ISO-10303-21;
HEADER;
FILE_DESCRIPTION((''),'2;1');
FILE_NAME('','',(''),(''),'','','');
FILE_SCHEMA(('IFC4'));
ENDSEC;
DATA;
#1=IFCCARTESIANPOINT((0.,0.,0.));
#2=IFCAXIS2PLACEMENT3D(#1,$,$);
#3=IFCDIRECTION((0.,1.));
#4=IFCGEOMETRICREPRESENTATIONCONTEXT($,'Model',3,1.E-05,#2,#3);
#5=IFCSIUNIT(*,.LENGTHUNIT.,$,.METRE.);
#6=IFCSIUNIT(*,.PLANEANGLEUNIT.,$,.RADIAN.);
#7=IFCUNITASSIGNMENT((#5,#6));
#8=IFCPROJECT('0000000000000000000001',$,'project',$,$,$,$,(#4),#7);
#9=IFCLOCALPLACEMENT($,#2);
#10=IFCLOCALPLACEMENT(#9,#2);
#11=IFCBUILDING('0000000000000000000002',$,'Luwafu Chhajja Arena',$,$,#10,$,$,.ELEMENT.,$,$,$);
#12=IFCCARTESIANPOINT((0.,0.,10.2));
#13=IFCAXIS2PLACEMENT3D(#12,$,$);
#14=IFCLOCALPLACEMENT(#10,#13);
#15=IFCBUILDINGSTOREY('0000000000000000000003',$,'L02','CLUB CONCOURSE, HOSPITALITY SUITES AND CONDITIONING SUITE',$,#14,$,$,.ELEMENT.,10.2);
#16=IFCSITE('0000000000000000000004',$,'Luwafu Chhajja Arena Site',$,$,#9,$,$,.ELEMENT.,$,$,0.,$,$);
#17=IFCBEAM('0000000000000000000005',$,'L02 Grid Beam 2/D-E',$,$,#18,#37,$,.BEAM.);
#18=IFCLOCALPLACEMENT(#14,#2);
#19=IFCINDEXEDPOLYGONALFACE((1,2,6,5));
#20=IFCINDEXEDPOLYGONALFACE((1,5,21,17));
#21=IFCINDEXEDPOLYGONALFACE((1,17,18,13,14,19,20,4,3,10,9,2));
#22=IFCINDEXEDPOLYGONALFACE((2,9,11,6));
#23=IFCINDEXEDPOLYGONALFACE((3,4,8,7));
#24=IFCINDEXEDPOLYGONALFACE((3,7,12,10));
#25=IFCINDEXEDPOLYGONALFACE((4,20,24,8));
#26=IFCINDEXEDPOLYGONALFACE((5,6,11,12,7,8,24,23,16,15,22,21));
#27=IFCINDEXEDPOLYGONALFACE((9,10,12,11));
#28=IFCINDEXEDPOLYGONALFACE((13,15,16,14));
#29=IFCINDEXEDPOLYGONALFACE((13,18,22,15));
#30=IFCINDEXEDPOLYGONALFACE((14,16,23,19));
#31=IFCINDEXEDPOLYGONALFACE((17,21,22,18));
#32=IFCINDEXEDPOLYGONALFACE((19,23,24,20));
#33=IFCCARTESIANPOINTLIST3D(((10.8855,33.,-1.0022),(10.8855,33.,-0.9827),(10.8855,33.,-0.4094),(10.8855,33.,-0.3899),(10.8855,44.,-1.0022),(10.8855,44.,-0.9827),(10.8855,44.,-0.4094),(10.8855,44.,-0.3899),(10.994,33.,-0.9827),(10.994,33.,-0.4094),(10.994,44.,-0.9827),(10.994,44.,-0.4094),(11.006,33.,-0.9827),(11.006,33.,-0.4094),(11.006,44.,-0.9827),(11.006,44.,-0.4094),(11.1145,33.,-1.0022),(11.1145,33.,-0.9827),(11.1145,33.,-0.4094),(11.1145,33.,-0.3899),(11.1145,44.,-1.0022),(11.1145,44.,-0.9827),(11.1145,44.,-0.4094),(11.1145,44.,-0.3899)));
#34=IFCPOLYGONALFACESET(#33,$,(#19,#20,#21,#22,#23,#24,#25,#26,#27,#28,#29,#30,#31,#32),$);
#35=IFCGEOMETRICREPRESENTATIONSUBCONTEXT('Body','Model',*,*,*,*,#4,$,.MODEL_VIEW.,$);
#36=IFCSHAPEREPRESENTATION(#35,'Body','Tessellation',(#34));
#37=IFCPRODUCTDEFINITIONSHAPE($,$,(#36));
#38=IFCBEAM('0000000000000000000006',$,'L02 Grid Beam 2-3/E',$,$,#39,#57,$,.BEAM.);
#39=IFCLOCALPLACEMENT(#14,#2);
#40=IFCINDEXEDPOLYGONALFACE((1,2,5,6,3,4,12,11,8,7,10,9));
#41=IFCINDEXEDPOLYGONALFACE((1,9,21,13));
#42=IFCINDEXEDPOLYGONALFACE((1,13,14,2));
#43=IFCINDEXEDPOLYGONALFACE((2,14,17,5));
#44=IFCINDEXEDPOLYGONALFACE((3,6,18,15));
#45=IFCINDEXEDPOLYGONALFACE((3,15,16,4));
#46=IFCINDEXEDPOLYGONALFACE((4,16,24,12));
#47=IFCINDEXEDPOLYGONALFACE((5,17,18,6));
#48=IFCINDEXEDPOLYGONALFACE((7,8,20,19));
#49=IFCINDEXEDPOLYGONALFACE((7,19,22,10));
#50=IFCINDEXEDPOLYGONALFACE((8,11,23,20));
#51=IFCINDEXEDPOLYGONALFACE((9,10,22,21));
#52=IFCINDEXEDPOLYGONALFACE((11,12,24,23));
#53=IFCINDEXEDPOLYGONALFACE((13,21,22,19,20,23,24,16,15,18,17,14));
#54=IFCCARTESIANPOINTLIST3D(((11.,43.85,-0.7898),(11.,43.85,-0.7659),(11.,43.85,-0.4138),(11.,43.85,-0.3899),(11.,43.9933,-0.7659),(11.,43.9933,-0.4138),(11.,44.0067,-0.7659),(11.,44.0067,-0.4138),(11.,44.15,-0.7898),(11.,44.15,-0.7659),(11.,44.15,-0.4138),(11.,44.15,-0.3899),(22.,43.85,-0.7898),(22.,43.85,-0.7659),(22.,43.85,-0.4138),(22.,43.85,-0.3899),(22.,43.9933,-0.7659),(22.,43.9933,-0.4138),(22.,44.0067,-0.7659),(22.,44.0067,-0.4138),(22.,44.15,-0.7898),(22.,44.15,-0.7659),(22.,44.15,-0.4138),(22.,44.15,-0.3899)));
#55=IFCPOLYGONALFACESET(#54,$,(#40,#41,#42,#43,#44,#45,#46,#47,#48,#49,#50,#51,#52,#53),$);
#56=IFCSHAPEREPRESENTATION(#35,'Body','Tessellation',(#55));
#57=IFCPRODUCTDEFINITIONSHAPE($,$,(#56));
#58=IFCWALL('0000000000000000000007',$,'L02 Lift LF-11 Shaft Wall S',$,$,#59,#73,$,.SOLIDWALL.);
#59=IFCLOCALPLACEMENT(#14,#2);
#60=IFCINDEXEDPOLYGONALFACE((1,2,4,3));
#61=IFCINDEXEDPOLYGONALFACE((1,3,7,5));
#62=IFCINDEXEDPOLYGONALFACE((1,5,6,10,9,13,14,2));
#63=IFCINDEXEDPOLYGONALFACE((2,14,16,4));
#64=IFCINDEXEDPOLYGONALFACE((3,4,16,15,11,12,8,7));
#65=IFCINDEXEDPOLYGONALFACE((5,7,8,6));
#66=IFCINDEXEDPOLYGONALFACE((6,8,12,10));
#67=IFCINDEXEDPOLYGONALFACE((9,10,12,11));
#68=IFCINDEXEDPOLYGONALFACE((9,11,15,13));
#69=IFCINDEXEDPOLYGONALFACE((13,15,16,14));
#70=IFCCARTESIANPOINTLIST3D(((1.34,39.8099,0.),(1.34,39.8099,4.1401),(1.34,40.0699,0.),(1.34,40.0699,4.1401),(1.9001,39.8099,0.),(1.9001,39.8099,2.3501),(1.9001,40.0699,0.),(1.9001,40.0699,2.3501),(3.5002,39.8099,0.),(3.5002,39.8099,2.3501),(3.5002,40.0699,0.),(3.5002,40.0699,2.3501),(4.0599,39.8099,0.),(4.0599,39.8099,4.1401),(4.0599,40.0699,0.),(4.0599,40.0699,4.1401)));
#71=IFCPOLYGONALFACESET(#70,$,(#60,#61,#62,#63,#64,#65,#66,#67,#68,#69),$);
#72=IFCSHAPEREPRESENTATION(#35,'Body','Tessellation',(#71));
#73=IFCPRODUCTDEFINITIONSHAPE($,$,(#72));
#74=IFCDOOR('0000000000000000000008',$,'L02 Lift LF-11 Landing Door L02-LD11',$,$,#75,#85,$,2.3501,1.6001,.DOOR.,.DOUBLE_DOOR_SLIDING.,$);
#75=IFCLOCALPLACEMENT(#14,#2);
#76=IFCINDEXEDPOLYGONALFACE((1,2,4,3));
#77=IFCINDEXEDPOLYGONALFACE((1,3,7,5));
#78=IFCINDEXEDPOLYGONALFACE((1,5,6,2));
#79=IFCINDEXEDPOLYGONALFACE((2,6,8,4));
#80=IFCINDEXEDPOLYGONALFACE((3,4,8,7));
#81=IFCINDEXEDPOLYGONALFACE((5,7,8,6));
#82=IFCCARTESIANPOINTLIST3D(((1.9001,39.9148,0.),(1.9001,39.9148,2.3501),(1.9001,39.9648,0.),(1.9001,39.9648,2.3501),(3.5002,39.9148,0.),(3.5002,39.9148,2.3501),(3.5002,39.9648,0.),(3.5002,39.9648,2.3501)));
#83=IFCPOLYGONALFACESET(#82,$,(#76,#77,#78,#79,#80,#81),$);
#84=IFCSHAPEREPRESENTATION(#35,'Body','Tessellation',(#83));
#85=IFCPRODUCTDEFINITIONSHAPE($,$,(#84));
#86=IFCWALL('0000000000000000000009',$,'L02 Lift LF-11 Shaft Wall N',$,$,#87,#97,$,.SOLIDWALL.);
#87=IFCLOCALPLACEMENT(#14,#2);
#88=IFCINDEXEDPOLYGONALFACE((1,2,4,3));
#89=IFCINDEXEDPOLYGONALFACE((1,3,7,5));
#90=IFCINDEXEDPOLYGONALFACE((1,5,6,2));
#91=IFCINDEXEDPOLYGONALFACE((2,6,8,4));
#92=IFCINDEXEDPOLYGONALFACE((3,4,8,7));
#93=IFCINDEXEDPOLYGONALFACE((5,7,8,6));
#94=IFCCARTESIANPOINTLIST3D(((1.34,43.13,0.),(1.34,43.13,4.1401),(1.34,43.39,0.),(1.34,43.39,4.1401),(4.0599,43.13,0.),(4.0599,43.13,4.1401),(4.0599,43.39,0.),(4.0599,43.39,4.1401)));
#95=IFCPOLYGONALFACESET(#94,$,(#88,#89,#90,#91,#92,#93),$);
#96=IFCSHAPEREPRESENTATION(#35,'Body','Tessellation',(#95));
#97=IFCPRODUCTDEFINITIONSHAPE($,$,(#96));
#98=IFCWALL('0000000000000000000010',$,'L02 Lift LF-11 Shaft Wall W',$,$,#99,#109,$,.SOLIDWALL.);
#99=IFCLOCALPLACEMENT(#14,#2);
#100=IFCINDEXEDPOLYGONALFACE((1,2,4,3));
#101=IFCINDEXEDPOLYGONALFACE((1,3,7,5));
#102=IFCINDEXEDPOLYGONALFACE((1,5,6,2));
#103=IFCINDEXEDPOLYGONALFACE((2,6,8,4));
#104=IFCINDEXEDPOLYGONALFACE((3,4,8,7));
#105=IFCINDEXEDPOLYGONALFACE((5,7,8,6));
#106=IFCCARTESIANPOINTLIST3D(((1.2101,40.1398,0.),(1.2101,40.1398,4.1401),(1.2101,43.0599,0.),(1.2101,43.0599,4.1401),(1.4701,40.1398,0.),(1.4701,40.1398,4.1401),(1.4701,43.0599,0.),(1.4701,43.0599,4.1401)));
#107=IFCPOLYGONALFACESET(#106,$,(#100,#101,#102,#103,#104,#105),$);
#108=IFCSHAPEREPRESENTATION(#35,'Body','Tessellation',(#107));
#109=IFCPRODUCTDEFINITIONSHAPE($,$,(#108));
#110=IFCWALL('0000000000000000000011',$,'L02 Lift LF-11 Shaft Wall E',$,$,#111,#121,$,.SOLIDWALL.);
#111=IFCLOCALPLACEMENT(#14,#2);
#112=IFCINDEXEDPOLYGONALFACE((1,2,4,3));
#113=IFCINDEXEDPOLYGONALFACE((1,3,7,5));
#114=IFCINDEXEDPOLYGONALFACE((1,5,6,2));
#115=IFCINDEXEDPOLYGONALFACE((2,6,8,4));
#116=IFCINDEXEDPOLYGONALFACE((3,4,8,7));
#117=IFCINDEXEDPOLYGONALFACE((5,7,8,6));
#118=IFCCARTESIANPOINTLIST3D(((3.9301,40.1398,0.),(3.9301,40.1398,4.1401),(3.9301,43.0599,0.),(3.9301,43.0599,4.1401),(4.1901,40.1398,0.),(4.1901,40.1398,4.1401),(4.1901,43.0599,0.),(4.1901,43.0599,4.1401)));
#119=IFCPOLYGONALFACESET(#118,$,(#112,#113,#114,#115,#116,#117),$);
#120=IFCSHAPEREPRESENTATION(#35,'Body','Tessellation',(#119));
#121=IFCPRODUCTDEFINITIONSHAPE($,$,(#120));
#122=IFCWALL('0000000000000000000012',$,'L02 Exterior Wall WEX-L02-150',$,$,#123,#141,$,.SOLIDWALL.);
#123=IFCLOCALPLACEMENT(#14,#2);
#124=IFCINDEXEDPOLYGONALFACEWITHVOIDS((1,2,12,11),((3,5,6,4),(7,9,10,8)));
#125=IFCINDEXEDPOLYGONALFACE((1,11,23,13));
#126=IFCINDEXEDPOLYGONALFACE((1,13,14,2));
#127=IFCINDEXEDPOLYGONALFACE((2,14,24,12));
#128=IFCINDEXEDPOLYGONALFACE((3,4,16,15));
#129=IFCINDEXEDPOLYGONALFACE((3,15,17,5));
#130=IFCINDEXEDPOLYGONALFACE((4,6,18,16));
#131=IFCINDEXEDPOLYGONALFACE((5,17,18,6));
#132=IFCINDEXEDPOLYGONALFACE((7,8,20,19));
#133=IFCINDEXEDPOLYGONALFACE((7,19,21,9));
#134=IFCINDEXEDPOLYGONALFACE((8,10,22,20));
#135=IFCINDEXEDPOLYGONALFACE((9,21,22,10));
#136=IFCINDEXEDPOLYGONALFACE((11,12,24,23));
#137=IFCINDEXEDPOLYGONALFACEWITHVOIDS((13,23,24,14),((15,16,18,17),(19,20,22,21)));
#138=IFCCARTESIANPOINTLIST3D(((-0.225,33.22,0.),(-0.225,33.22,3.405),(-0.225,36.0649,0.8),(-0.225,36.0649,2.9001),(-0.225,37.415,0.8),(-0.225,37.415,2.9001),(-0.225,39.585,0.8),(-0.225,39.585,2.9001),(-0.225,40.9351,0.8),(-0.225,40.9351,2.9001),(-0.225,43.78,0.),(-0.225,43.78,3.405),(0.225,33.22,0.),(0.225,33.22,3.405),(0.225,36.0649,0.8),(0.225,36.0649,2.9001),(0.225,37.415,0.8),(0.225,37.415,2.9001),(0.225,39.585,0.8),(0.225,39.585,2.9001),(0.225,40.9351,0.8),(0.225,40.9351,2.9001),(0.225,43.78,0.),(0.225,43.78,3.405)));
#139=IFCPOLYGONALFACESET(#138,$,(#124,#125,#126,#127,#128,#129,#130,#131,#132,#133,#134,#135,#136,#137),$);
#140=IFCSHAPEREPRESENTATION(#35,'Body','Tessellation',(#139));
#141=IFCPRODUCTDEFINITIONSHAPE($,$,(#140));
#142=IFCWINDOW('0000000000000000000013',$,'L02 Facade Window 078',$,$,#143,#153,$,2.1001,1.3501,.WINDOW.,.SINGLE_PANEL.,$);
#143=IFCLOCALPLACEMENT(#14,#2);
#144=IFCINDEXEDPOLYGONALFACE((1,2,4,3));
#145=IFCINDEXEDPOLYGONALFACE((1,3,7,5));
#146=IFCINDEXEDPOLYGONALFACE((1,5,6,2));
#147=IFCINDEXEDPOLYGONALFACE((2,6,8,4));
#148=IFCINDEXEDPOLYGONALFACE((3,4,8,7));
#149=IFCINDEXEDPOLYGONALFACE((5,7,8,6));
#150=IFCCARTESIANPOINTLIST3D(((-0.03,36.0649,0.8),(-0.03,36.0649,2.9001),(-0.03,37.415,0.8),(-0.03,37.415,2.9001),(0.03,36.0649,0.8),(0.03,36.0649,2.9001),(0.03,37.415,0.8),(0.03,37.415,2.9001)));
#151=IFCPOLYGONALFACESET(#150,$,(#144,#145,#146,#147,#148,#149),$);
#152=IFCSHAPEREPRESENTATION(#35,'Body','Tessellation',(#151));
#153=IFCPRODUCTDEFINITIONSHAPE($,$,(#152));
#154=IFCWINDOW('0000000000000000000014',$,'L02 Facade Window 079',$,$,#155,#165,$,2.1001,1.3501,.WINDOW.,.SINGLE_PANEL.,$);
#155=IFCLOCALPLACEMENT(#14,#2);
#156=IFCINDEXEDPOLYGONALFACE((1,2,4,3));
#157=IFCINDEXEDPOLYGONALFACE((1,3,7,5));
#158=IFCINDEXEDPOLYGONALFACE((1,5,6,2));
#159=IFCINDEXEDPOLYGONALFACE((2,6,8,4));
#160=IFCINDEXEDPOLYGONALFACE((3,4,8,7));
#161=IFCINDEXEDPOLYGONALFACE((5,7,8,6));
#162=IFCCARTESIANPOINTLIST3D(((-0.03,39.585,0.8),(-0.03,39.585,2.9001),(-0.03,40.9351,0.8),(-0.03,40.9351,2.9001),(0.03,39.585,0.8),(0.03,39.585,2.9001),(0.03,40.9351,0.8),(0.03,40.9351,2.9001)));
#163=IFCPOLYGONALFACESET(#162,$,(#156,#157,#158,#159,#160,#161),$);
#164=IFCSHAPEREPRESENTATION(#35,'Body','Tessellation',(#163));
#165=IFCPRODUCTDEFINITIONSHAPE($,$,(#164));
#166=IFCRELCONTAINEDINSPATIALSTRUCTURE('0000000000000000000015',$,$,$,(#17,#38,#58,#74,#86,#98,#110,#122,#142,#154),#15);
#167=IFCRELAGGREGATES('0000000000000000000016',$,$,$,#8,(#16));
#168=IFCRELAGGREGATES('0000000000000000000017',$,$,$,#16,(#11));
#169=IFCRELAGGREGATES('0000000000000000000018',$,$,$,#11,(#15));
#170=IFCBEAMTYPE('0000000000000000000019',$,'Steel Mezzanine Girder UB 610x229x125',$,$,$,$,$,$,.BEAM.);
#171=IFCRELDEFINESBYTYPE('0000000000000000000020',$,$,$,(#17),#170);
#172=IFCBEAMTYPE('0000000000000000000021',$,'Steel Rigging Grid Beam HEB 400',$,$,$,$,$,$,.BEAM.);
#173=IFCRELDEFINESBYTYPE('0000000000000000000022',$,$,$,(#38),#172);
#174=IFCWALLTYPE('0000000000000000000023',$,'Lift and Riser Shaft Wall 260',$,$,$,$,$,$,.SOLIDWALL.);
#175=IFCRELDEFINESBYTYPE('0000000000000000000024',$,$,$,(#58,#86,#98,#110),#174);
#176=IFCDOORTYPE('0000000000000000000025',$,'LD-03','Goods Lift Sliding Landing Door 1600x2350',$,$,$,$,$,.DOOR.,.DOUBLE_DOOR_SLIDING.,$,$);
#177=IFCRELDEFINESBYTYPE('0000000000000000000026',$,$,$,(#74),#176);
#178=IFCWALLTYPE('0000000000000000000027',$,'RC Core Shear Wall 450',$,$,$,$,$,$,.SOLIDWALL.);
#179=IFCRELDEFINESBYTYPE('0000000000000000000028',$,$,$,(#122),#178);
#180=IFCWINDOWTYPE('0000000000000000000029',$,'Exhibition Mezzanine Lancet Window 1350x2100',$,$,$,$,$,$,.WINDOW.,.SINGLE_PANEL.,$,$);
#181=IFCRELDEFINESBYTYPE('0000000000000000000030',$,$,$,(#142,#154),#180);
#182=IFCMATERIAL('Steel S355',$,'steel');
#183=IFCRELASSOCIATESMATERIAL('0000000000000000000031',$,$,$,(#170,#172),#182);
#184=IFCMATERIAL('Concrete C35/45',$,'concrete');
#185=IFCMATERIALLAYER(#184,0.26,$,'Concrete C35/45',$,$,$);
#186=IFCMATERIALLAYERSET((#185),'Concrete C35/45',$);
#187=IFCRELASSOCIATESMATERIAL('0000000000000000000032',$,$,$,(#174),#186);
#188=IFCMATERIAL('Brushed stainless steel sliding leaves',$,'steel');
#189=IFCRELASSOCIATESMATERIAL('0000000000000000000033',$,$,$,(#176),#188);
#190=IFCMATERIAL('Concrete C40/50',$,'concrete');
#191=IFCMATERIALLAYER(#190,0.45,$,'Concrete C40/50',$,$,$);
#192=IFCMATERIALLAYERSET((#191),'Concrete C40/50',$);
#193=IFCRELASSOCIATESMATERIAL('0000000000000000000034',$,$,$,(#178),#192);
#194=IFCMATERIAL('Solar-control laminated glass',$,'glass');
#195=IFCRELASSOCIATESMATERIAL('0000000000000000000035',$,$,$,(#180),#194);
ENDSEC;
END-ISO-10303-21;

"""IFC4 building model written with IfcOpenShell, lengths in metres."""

from ifc_helpers import new_model, si_unit, direction, frame, frame_2d, origin, origin_2d, place, context, subcontext, project, spatial, rectangle, i_section, extrude, material, layer, layer_set, material_profile, profile_set, type_object, element, fill, save


model = new_model("IFC4")

# Units and contexts
model_context = context("Model", 3, precision=1e-05, world=origin(), true_north=direction((0.0, 1.0)))
body_context = subcontext(model_context, "Body", "Model", "MODEL_VIEW")
ifc_project = project(units=[si_unit("LENGTHUNIT", "METRE"), si_unit("PLANEANGLEUNIT", "RADIAN")], contexts=[model_context])

# Site, building, storey
site_placement = place(None, origin())
site = spatial("IfcSite", under=ifc_project, at=site_placement, Name="Luwafu Chhajja Arena Site", CompositionType="ELEMENT", RefElevation=0.0)
building_placement = place(site_placement, origin())
building = spatial("IfcBuilding", under=site, at=building_placement, Name="Luwafu Chhajja Arena", CompositionType="ELEMENT")
storey_placement = place(building_placement, frame((0.0, 0.0, 10.2)))
storey = spatial("IfcBuildingStorey", under=building, at=storey_placement, Name="L02", Description="CLUB CONCOURSE, HOSPITALITY SUITES AND CONDITIONING SUITE", CompositionType="ELEMENT", Elevation=10.2)

# Shared definitions
ifc_material_1 = material(Name="Concrete C35/45", Category="concrete")

# Beams
ifc_material_2 = material(Name="Steel S355", Category="steel")
ifc_material_profile_1 = material_profile(ifc_material_2, i_section(OverallWidth=0.229, OverallDepth=0.6123, WebThickness=0.012, FlangeThickness=0.0195, at=origin_2d()), Name="UB 610x229x125")
ifc_profile_set_1 = profile_set([ifc_material_profile_1], Name="Steel S355")
beam_type_1 = type_object("IfcBeamType", Name="Steel Mezzanine Girder UB 610x229x125", PredefinedType="BEAM", material=ifc_profile_set_1)
beam_1_placement = place(storey_placement, frame((11.0, 33.0, -0.696), z_axis=(0.0, 1.0, 0.0), x_axis=(-1.0, 0.0, 0.0)))
element("IfcBeam", 1, at=beam_1_placement, inside=storey, type_object=beam_type_1, Name="L02 Grid Beam 2/D-E", PredefinedType="BEAM", context=body_context, shape_type="SweptSolid", body=[
    extrude(i_section(OverallWidth=0.229, OverallDepth=0.6123, WebThickness=0.012, FlangeThickness=0.0195, at=origin_2d()), origin(), (0.0, 0.0, 1.0), 11.0),
])
ifc_material_profile_2 = material_profile(ifc_material_2, i_section(OverallWidth=0.3, OverallDepth=0.3999, WebThickness=0.0134, FlangeThickness=0.0239, at=origin_2d()), Name="HEB 400")
ifc_profile_set_2 = profile_set([ifc_material_profile_2], Name="Steel S355")
beam_type_2 = type_object("IfcBeamType", Name="Steel Rigging Grid Beam HEB 400", PredefinedType="BEAM", material=ifc_profile_set_2)
beam_2_placement = place(storey_placement, frame((11.0, 44.0, -0.5898), z_axis=(1.0, 0.0, 0.0), x_axis=(0.0, 1.0, 0.0)))
element("IfcBeam", 2, at=beam_2_placement, inside=storey, type_object=beam_type_2, Name="L02 Grid Beam 2-3/E", PredefinedType="BEAM", context=body_context, shape_type="SweptSolid", body=[
    extrude(i_section(OverallWidth=0.3, OverallDepth=0.3999, WebThickness=0.0134, FlangeThickness=0.0239, at=origin_2d()), origin(), (0.0, 0.0, 1.0), 11.0),
])

# Wall, opening, door
ifc_layer_1 = layer(ifc_material_1, 0.26, Name="Concrete C35/45")
ifc_layer_set_1 = layer_set([ifc_layer_1], Name="Concrete C35/45")
wall_type_1 = type_object("IfcWallType", Name="Lift and Riser Shaft Wall 260", PredefinedType="SOLIDWALL", material=ifc_layer_set_1)
wall_1_placement = place(storey_placement, frame((1.3401, 39.9399, 0.0), z_axis=(0.0, 0.0, 1.0), x_axis=(1.0, 0.0, 0.0)))
wall_1 = element("IfcWall", 3, at=wall_1_placement, inside=storey, type_object=wall_type_1, Name="L02 Lift LF-11 Shaft Wall S", PredefinedType="SOLIDWALL", context=body_context, shape_type="SweptSolid", body=[
    extrude(rectangle(XDim=2.72, YDim=0.26, at=frame_2d((1.3599, 0.0))), origin(), (0.0, 0.0, 1.0), 4.1401),
])
opening_1_placement = place(wall_1_placement, frame((0.5601, 0.0, 0.0)))
opening_1 = element("IfcOpeningElement", 4, at=opening_1_placement, cuts=wall_1, PredefinedType="OPENING", context=body_context, shape_type="SweptSolid", body=[
    extrude(rectangle(XDim=1.6001, YDim=2.3501, at=frame_2d((0.8, 1.175))), frame((0.0, 0.1399, 0.0), z_axis=(0.0, -1.0, 0.0), x_axis=(1.0, 0.0, 0.0)), (0.0, 0.0, 1.0), 0.28),
])
ifc_material_3 = material(Name="Brushed stainless steel sliding leaves", Category="steel")
door_type = type_object("IfcDoorType", Name="LD-03", Description="Goods Lift Sliding Landing Door 1600x2350", OperationType="DOUBLE_DOOR_SLIDING", PredefinedType="DOOR", material=ifc_material_3)
door_placement = place(opening_1_placement, origin())
door = element("IfcDoor", 5, at=door_placement, inside=storey, type_object=door_type, Name="L02 Lift LF-11 Landing Door L02-LD11", OperationType="DOUBLE_DOOR_SLIDING", OverallHeight=2.3501, OverallWidth=1.6001, PredefinedType="DOOR", context=body_context, shape_type="SweptSolid", body=[
    extrude(rectangle(XDim=1.6001, YDim=2.3501, at=frame_2d((0.8, 1.175))), frame((0.0, 0.0249, 0.0), z_axis=(0.0, -1.0, 0.0), x_axis=(1.0, 0.0, 0.0)), (0.0, 0.0, 1.0), 0.05),
])
fill(opening_1, door)

# Walls
wall_2_placement = place(storey_placement, frame((1.3401, 43.26, 0.0), z_axis=(0.0, 0.0, 1.0), x_axis=(1.0, 0.0, 0.0)))
element("IfcWall", 6, at=wall_2_placement, inside=storey, type_object=wall_type_1, Name="L02 Lift LF-11 Shaft Wall N", PredefinedType="SOLIDWALL", context=body_context, shape_type="SweptSolid", body=[
    extrude(rectangle(XDim=2.72, YDim=0.26, at=frame_2d((1.3599, 0.0))), origin(), (0.0, 0.0, 1.0), 4.1401),
])
for number, where, z_axis, x_axis, name in (
    (7, (1.3401, 40.1399, 0.0), (0.0, 0.0, 1.0), (0.0, 1.0, 0.0), "L02 Lift LF-11 Shaft Wall W"),
    (8, (4.0601, 40.1399, 0.0), (0.0, 0.0, 1.0), (0.0, 1.0, 0.0), "L02 Lift LF-11 Shaft Wall E"),
):
    element("IfcWall", number, at=place(storey_placement, frame(where, z_axis=z_axis, x_axis=x_axis)), inside=storey, type_object=wall_type_1, Name=name, PredefinedType="SOLIDWALL", context=body_context, shape_type="SweptSolid", body=[
        extrude(rectangle(XDim=2.9202, YDim=0.26, at=frame_2d((1.46, 0.0))), origin(), (0.0, 0.0, 1.0), 4.1401),
    ])

# Wall, openings, windows
ifc_material_4 = material(Name="Concrete C40/50", Category="concrete")
ifc_layer_2 = layer(ifc_material_4, 0.45, Name="Concrete C40/50")
ifc_layer_set_2 = layer_set([ifc_layer_2], Name="Concrete C40/50")
wall_type_2 = type_object("IfcWallType", Name="RC Core Shear Wall 450", PredefinedType="SOLIDWALL", material=ifc_layer_set_2)
wall_3_placement = place(storey_placement, frame((0.0, 33.22, 0.0), z_axis=(0.0, 0.0, 1.0), x_axis=(0.0, 1.0, 0.0)))
wall_3 = element("IfcWall", 9, at=wall_3_placement, inside=storey, type_object=wall_type_2, Name="L02 Exterior Wall WEX-L02-150", PredefinedType="SOLIDWALL", context=body_context, shape_type="SweptSolid", body=[
    extrude(rectangle(XDim=10.5601, YDim=0.45, at=frame_2d((5.28, 0.0))), origin(), (0.0, 0.0, 1.0), 3.405),
])
opening_2_placement = place(wall_3_placement, frame((2.845, 0.0, 0.8)))
opening_2 = element("IfcOpeningElement", 10, at=opening_2_placement, cuts=wall_3, PredefinedType="OPENING", context=body_context, shape_type="SweptSolid", body=[
    extrude(rectangle(XDim=1.3501, YDim=2.1001, at=frame_2d((0.675, 1.05))), frame((0.0, 0.2349, 0.0), z_axis=(0.0, -1.0, 0.0), x_axis=(1.0, 0.0, 0.0)), (0.0, 0.0, 1.0), 0.47),
])
opening_3_placement = place(wall_3_placement, frame((6.365, 0.0, 0.8)))
opening_3 = element("IfcOpeningElement", 11, at=opening_3_placement, cuts=wall_3, PredefinedType="OPENING", context=body_context, shape_type="SweptSolid", body=[
    extrude(rectangle(XDim=1.3501, YDim=2.1001, at=frame_2d((0.675, 1.05))), frame((0.0, 0.2349, 0.0), z_axis=(0.0, -1.0, 0.0), x_axis=(1.0, 0.0, 0.0)), (0.0, 0.0, 1.0), 0.47),
])
ifc_material_5 = material(Name="Solar-control laminated glass", Category="glass")
window_type_1 = type_object("IfcWindowType", Name="Exhibition Mezzanine Lancet Window 1350x2100", PartitioningType="SINGLE_PANEL", PredefinedType="WINDOW", material=ifc_material_5)
window_1_placement = place(opening_2_placement, origin())
window_1 = element("IfcWindow", 12, at=window_1_placement, inside=storey, type_object=window_type_1, Name="L02 Facade Window 078", OverallHeight=2.1001, OverallWidth=1.3501, PartitioningType="SINGLE_PANEL", PredefinedType="WINDOW", context=body_context, shape_type="SweptSolid", body=[
    extrude(rectangle(XDim=1.3501, YDim=2.1001, at=frame_2d((0.675, 1.05))), frame((0.0, 0.03, 0.0), z_axis=(0.0, -1.0, 0.0), x_axis=(1.0, 0.0, 0.0)), (0.0, 0.0, 1.0), 0.0601),
])
fill(opening_2, window_1)
window_2_placement = place(opening_3_placement, origin())
window_2 = element("IfcWindow", 13, at=window_2_placement, inside=storey, type_object=window_type_1, Name="L02 Facade Window 079", OverallHeight=2.1001, OverallWidth=1.3501, PartitioningType="SINGLE_PANEL", PredefinedType="WINDOW", context=body_context, shape_type="SweptSolid", body=[
    extrude(rectangle(XDim=1.3501, YDim=2.1001, at=frame_2d((0.675, 1.05))), frame((0.0, 0.03, 0.0), z_axis=(0.0, -1.0, 0.0), x_axis=(1.0, 0.0, 0.0)), (0.0, 0.0, 1.0), 0.0601),
])
fill(opening_3, window_2)

save(model, "model.ifc")
